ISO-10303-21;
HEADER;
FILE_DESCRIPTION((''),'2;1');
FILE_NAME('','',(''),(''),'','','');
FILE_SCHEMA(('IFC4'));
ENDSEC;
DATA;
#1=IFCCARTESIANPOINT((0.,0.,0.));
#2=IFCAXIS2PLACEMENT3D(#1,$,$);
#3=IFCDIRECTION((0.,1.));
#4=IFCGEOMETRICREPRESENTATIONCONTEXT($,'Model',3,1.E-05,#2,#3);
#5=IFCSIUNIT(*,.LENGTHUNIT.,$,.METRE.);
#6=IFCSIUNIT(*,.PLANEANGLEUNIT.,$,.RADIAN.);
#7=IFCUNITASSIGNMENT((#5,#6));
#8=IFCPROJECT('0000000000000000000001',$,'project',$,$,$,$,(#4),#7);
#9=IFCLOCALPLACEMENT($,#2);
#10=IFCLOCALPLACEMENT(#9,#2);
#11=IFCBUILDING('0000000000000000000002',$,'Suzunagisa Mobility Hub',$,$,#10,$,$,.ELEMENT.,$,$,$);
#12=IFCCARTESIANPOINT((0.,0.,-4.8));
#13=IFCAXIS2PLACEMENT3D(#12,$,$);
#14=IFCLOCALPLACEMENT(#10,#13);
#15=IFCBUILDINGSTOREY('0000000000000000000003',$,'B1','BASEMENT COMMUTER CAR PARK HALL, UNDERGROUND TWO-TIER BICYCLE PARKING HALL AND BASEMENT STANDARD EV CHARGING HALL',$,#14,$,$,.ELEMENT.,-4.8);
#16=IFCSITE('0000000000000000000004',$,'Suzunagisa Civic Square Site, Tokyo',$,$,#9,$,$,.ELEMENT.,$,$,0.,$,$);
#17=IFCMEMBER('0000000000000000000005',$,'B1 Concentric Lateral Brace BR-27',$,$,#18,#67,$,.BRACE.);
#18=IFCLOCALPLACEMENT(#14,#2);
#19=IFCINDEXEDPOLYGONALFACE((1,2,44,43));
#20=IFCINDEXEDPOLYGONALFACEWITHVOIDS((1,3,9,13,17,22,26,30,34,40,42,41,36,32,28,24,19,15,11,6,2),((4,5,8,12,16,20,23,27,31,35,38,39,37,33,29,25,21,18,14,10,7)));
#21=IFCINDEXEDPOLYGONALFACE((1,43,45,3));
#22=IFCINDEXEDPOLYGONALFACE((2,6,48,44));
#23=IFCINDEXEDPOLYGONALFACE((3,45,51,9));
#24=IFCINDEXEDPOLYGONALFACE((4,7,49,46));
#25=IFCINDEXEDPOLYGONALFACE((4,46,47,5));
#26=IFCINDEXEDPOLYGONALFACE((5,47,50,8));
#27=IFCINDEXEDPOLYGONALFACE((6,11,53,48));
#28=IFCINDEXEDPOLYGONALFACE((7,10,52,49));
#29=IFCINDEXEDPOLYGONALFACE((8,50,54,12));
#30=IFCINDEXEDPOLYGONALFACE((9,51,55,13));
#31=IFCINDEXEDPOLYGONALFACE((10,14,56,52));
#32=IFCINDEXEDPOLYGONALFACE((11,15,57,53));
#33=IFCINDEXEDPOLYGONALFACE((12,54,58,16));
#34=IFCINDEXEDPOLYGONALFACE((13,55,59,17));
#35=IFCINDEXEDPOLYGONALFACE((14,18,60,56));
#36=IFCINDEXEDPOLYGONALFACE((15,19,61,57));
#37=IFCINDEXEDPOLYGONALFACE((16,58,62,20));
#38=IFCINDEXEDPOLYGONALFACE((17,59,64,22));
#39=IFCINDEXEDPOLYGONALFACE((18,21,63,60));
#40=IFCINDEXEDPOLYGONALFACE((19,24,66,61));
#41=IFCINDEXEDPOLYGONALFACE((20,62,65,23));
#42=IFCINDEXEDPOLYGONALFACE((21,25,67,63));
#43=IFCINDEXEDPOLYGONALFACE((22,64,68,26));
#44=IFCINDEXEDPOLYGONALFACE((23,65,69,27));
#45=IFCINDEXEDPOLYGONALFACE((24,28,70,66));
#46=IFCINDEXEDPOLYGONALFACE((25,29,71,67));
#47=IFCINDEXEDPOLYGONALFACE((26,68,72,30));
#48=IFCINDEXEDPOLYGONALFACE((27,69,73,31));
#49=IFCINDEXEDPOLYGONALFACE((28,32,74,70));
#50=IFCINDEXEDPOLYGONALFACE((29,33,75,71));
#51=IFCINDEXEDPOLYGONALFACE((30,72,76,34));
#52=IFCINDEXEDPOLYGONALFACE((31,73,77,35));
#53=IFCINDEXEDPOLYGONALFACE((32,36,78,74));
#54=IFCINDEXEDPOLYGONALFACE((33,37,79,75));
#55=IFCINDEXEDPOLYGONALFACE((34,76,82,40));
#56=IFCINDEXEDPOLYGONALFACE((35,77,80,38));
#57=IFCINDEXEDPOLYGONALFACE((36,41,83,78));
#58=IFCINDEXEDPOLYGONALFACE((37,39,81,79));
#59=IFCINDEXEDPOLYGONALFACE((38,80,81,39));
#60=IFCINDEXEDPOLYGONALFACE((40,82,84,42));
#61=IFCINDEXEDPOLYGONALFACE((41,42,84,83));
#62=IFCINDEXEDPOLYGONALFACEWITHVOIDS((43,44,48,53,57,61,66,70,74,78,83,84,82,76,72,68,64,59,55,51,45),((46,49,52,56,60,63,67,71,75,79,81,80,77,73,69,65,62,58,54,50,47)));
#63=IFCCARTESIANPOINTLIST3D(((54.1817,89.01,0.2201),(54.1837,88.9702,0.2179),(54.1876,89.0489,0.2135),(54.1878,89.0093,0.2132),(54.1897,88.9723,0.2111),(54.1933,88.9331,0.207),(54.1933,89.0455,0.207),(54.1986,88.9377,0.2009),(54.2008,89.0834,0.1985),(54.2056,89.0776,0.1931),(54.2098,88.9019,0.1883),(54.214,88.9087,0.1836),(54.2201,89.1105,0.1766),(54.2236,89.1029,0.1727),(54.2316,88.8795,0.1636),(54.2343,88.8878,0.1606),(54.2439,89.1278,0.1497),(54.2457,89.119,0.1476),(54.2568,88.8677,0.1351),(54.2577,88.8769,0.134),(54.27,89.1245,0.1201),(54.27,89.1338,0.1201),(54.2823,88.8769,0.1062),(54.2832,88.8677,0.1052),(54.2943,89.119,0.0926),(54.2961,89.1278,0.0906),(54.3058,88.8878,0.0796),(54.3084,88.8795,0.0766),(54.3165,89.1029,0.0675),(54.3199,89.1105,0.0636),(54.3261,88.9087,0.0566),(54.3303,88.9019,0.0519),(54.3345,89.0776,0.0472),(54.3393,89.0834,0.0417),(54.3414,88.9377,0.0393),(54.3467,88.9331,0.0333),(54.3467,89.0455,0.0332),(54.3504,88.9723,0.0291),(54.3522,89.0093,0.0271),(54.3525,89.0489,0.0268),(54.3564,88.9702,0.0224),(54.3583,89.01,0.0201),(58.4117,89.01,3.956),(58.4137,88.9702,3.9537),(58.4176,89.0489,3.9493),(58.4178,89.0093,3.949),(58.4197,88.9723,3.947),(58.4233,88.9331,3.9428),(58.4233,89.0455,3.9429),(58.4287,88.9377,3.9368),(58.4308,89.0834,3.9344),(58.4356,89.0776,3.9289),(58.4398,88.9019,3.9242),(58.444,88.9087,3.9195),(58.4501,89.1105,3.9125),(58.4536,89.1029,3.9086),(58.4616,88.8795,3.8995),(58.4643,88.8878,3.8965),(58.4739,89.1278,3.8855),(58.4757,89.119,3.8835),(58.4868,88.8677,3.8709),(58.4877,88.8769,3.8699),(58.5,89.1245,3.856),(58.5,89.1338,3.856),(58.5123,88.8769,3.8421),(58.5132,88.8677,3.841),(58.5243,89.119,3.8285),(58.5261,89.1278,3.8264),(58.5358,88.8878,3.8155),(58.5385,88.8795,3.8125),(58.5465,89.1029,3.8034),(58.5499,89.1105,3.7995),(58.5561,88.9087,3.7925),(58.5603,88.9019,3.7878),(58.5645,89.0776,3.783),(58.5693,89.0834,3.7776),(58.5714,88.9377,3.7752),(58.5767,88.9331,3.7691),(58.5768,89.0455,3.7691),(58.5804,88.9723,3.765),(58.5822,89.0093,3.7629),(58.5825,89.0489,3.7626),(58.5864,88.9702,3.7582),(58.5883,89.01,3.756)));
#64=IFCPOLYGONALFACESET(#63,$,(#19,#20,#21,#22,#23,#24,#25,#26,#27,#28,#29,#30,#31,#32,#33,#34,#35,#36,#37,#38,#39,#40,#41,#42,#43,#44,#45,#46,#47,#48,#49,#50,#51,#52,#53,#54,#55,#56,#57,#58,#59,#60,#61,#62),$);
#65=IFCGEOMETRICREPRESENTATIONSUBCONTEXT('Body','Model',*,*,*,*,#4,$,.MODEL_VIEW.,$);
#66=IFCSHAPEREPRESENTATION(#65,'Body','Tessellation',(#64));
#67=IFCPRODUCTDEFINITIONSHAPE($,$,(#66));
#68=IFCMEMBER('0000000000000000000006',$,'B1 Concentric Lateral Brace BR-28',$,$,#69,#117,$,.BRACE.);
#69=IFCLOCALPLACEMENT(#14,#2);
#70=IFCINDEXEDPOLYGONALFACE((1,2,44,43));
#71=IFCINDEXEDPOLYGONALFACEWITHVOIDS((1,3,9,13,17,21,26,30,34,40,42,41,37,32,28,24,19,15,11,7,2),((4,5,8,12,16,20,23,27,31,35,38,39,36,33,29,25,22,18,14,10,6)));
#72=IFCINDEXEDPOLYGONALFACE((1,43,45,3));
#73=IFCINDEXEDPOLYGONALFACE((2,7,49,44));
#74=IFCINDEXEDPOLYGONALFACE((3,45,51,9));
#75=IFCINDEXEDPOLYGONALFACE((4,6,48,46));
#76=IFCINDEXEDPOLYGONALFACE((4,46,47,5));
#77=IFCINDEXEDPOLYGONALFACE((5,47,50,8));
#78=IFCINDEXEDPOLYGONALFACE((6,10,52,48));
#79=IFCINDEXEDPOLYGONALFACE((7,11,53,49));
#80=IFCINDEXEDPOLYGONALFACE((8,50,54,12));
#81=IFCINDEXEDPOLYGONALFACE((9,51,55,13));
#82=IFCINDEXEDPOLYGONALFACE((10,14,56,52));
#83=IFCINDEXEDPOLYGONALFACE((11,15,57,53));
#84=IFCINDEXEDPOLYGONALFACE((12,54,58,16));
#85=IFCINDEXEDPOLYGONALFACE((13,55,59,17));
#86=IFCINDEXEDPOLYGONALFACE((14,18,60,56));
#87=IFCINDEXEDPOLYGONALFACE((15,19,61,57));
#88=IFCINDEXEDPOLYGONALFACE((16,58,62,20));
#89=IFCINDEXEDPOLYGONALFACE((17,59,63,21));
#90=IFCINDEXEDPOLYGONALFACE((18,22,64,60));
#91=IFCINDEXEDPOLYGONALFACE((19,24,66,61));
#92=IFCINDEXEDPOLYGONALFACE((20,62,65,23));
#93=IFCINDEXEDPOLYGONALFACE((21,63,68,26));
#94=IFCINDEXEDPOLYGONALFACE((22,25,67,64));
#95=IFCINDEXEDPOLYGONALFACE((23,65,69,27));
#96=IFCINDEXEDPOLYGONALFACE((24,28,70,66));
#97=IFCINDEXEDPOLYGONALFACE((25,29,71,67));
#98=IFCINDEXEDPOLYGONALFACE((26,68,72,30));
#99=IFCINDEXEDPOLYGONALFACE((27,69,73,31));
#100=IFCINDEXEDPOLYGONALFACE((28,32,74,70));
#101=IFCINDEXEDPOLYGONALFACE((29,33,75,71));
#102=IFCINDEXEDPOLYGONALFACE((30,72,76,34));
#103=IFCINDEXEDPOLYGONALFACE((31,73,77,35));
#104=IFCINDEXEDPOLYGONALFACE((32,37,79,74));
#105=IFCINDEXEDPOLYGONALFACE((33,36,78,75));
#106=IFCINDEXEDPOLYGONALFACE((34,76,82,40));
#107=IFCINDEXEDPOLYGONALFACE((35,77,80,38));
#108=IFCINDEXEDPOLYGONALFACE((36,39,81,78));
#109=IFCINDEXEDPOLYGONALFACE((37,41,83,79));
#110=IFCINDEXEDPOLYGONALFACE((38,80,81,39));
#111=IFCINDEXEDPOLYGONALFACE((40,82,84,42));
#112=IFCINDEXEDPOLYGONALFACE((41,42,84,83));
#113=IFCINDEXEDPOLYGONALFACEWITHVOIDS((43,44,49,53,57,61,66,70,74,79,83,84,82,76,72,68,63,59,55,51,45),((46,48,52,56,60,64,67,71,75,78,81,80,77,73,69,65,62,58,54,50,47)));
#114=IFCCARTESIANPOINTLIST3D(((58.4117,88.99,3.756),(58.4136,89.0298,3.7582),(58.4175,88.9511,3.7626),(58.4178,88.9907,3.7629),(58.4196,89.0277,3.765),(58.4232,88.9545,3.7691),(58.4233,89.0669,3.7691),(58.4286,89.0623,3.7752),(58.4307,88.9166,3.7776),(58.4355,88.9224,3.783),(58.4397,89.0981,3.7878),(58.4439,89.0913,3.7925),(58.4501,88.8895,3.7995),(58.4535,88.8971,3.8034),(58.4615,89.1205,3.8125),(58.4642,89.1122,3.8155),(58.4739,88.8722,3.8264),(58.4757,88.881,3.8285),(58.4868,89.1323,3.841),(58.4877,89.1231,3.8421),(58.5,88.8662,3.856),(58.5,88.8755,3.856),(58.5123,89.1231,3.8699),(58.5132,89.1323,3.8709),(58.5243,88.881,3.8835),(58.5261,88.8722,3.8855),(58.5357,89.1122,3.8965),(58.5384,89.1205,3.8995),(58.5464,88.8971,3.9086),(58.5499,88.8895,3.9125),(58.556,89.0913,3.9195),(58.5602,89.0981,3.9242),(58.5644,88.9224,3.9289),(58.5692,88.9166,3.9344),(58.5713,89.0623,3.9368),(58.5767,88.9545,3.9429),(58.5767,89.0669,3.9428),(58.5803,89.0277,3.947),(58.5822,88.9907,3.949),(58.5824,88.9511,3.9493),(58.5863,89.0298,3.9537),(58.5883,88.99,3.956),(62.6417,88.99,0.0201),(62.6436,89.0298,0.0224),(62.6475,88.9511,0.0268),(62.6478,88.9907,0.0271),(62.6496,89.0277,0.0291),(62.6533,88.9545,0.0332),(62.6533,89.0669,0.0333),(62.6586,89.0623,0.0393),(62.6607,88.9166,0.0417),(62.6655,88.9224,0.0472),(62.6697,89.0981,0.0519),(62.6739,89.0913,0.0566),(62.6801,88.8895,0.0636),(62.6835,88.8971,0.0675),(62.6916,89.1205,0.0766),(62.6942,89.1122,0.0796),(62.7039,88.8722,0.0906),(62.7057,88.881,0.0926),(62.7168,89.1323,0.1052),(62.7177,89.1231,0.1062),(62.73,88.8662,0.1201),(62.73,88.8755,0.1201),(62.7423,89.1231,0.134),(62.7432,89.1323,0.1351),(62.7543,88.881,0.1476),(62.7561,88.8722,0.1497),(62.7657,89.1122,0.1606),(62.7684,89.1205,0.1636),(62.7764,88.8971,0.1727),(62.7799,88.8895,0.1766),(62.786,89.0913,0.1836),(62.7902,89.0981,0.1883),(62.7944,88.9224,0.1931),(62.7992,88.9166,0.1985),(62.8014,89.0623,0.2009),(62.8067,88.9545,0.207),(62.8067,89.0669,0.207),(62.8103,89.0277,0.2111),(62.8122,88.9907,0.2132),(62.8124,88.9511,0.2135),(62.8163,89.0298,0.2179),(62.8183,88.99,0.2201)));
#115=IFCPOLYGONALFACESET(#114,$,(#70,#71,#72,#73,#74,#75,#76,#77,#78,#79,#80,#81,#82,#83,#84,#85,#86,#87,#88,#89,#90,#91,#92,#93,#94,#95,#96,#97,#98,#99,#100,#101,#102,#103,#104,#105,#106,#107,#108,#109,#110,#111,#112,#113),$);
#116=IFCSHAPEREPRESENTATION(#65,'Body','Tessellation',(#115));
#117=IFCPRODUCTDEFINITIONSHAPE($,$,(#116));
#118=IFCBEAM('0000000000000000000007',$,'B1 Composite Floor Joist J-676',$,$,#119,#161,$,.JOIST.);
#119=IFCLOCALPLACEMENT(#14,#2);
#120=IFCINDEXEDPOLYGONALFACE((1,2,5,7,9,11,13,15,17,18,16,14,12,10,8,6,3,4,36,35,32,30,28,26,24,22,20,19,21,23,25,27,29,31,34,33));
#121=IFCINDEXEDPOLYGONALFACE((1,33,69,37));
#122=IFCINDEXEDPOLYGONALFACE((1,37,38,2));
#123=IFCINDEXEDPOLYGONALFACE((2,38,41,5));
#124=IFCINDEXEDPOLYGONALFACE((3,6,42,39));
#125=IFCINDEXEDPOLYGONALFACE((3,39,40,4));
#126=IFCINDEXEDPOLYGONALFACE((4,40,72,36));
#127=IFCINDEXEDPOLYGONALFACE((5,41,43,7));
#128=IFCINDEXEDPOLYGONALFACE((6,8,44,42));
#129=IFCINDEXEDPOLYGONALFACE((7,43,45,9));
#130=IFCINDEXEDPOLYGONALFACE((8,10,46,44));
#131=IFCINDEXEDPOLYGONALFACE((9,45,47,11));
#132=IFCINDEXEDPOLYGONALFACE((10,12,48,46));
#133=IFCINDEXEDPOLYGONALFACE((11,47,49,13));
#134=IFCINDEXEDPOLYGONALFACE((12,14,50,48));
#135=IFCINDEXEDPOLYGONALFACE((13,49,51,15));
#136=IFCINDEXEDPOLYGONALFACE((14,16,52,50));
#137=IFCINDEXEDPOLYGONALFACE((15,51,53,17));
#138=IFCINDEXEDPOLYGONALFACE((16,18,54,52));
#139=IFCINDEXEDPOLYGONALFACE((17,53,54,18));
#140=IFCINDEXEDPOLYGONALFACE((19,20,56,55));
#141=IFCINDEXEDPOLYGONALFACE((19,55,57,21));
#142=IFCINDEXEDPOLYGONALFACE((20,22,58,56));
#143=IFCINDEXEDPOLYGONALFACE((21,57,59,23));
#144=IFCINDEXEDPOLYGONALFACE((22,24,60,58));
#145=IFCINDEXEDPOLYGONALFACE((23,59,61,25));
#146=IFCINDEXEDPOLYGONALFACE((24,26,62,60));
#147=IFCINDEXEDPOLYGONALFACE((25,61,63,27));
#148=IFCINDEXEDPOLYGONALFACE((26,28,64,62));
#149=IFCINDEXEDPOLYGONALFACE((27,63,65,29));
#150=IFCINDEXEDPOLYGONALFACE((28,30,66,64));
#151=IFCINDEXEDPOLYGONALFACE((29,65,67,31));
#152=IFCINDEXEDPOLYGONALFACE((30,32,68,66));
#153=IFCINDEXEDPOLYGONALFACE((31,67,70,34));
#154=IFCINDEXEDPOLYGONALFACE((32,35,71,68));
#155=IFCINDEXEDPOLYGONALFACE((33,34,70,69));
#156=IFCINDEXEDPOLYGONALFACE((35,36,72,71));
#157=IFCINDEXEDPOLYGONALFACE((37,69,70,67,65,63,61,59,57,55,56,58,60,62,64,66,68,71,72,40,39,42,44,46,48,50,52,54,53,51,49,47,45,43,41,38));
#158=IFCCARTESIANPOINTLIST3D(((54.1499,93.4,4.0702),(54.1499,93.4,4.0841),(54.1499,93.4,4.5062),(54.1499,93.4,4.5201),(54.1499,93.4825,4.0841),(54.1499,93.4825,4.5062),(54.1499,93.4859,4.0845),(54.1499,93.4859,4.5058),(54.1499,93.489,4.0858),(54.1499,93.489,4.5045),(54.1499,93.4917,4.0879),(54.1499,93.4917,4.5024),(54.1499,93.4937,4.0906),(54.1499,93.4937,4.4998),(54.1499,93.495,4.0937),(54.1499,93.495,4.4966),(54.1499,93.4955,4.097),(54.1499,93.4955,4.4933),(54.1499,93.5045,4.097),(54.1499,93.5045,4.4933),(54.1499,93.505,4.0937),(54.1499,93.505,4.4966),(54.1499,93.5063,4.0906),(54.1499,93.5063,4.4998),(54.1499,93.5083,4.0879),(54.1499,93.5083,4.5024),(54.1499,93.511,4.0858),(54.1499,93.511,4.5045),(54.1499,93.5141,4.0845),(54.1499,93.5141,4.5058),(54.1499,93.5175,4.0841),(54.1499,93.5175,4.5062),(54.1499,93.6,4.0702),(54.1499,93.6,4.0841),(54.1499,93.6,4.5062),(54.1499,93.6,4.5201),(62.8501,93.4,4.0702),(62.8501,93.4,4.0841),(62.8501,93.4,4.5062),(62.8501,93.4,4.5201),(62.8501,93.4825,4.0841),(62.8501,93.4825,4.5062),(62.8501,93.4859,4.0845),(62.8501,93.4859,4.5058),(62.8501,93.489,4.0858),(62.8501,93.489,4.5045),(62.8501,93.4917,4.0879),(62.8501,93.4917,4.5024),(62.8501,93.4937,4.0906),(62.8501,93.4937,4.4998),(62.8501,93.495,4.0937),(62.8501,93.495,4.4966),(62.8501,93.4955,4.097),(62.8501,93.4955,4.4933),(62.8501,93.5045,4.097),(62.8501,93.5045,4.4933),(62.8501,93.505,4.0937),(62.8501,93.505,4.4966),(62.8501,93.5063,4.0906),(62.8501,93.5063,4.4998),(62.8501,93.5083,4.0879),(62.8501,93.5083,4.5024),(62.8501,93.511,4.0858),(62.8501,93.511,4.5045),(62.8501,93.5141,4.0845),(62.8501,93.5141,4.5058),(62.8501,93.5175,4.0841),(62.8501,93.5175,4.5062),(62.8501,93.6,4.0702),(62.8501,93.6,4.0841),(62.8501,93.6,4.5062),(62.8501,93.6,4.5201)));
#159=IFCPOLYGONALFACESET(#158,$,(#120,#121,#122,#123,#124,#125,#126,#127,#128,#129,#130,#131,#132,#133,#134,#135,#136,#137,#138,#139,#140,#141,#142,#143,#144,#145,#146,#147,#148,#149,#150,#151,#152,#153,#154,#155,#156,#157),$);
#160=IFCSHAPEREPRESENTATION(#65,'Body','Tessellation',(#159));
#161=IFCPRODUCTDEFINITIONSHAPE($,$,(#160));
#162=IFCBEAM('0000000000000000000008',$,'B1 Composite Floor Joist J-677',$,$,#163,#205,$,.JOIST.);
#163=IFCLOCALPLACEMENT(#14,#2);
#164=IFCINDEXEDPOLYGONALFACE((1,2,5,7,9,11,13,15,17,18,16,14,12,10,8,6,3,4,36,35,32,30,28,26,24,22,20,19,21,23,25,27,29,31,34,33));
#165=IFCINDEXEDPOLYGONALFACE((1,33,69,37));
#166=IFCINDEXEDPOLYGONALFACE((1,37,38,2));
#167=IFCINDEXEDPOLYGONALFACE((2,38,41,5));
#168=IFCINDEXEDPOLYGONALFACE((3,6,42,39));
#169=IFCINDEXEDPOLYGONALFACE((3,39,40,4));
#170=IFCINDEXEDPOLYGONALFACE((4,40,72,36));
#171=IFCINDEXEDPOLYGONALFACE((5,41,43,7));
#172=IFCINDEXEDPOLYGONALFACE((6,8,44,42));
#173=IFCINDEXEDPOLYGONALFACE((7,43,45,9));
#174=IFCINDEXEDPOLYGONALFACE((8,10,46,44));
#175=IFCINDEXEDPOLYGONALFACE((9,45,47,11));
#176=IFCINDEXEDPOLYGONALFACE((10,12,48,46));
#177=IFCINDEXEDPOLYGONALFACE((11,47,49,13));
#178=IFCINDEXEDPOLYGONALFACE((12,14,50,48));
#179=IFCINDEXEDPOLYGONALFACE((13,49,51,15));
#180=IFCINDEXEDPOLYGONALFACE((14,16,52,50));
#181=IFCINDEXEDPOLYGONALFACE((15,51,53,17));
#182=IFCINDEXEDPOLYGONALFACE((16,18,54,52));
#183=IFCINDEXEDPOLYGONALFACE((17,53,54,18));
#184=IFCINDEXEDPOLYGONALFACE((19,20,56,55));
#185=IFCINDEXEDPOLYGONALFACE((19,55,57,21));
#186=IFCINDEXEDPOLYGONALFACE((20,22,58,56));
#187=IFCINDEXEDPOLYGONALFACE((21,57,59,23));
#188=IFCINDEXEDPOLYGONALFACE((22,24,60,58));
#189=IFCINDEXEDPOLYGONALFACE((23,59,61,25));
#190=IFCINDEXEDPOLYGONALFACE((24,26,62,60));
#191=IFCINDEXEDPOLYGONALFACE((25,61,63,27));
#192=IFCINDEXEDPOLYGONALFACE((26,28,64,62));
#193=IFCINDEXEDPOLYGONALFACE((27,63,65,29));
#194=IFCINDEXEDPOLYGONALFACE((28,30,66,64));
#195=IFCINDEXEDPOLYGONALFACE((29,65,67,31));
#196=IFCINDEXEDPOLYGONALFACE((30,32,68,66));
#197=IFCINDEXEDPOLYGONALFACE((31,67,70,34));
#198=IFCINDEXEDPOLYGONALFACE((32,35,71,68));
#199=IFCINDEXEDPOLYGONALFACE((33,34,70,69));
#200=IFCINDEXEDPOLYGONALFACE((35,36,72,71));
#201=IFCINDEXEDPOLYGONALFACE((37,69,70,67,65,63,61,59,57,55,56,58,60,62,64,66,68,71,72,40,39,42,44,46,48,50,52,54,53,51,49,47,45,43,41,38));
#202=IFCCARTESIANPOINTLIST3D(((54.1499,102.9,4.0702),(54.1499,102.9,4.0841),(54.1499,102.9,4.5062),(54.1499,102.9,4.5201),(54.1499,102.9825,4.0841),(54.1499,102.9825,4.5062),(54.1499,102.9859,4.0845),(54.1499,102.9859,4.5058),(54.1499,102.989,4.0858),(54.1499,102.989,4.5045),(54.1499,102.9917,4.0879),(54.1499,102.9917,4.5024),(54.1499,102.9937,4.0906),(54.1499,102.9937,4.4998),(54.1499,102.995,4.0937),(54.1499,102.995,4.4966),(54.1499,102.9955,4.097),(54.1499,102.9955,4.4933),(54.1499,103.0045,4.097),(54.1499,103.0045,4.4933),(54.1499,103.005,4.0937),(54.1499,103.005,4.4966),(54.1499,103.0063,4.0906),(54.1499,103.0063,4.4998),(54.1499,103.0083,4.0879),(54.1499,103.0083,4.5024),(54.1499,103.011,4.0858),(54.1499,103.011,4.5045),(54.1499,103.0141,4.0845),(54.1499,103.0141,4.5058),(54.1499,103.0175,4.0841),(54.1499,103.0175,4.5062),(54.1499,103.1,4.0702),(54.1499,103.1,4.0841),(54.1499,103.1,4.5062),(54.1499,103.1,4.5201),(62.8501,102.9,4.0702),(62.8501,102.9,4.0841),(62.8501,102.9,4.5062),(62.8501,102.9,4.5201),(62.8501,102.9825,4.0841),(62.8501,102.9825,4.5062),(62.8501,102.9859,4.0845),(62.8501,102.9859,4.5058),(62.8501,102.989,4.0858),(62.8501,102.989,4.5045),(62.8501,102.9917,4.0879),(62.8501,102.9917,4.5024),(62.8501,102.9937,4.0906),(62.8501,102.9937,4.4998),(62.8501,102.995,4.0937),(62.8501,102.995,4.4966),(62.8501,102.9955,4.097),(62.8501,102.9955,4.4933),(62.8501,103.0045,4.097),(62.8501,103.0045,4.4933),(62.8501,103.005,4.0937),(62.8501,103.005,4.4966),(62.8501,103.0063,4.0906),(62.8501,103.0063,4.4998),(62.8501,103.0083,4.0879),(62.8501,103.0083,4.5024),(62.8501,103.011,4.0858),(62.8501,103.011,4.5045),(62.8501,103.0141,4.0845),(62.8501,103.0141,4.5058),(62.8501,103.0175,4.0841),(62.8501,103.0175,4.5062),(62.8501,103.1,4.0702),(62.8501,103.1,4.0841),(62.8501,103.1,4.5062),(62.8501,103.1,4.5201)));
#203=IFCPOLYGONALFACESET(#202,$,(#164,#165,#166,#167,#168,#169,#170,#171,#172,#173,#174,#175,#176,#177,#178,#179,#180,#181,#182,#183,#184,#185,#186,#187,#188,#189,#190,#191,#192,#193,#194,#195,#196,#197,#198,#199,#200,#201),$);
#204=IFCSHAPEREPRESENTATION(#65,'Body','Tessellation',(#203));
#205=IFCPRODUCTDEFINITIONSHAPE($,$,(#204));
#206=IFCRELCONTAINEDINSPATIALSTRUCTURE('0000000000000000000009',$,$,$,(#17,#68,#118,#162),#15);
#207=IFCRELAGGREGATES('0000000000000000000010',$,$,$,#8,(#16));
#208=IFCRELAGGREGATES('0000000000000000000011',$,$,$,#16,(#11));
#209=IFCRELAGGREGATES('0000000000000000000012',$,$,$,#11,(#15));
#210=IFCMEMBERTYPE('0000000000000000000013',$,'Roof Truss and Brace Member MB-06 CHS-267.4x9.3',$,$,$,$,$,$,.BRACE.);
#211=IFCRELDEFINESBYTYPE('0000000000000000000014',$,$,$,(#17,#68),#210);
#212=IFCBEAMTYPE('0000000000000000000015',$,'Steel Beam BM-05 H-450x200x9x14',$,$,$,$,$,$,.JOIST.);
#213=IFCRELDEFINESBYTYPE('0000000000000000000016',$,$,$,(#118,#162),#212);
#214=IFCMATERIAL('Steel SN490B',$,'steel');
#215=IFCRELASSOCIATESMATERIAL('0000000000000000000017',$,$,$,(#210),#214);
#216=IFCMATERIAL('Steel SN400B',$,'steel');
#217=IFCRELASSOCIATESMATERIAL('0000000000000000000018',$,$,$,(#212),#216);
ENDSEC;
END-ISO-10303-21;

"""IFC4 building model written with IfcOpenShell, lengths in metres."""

from ifc_helpers import new_model, si_unit, direction, frame, origin, origin_2d, place, context, subcontext, project, spatial, hollow_circle, i_section, extrude, material, material_profile, profile_set, type_object, element, save


model = new_model("IFC4")

# Units and contexts
model_context = context("Model", 3, precision=1e-05, world=origin(), true_north=direction((0.0, 1.0)))
body_context = subcontext(model_context, "Body", "Model", "MODEL_VIEW")
ifc_project = project(units=[si_unit("LENGTHUNIT", "METRE"), si_unit("PLANEANGLEUNIT", "RADIAN")], contexts=[model_context])

# Site, building, storey
site_placement = place(None, origin())
site = spatial("IfcSite", under=ifc_project, at=site_placement, Name="Suzunagisa Civic Square Site, Tokyo", CompositionType="ELEMENT", RefElevation=0.0)
building_placement = place(site_placement, origin())
building = spatial("IfcBuilding", under=site, at=building_placement, Name="Suzunagisa Mobility Hub", CompositionType="ELEMENT")
storey_placement = place(building_placement, frame((0.0, 0.0, -4.8)))
storey = spatial("IfcBuildingStorey", under=building, at=storey_placement, Name="B1", Description="BASEMENT COMMUTER CAR PARK HALL, UNDERGROUND TWO-TIER BICYCLE PARKING HALL AND BASEMENT STANDARD EV CHARGING HALL", CompositionType="ELEMENT", Elevation=-4.8)

# Shared definitions
ifc_material_1 = material(Name="Steel SN490B", Category="steel")

# Members
ifc_material_profile_1 = material_profile(ifc_material_1, hollow_circle(Radius=0.1338, WallThickness=0.0093, at=origin_2d()), Name="CHS-267.4x9.3")
ifc_profile_set_1 = profile_set([ifc_material_profile_1], Name="Steel SN490B")
member_type = type_object("IfcMemberType", Name="Roof Truss and Brace Member MB-06 CHS-267.4x9.3", PredefinedType="BRACE", material=ifc_profile_set_1)
for number, where, z_axis, x_axis, name in (
    (1, (54.27, 89.0, 0.1201), (0.74953, 0.0, 0.661971), (0.0, 1.0, 0.0), "B1 Concentric Lateral Brace BR-27"),
    (2, (62.73, 89.0, 0.1201), (-0.74953, 0.0, 0.661971), (0.0, -1.0, 0.0), "B1 Concentric Lateral Brace BR-28"),
):
    element("IfcMember", number, at=place(storey_placement, frame(where, z_axis=z_axis, x_axis=x_axis)), inside=storey, type_object=member_type, Name=name, PredefinedType="BRACE", context=body_context, shape_type="SweptSolid", body=[
        extrude(hollow_circle(Radius=0.1338, WallThickness=0.0093, at=origin_2d()), origin(), (0.0, 0.0, 1.0), 5.6436),
    ])

# Beams
ifc_material_2 = material(Name="Steel SN400B", Category="steel")
ifc_material_profile_2 = material_profile(ifc_material_2, i_section(OverallWidth=0.2, OverallDepth=0.45, WebThickness=0.009, FlangeThickness=0.0139, FilletRadius=0.0129, at=origin_2d()), Name="H-450x200x9x14")
ifc_profile_set_2 = profile_set([ifc_material_profile_2], Name="Steel SN400B")
beam_type_1 = type_object("IfcBeamType", Name="Steel Beam BM-05 H-450x200x9x14", PredefinedType="JOIST", material=ifc_profile_set_2)
for number, where, z_axis, x_axis, name in (
    (3, (54.1499, 93.5, 4.2952), (1.0, 0.0, 0.0), (0.0, 1.0, 0.0), "B1 Composite Floor Joist J-676"),
    (4, (54.1499, 103.0, 4.2952), (1.0, 0.0, 0.0), (0.0, 1.0, 0.0), "B1 Composite Floor Joist J-677"),
):
    element("IfcBeam", number, at=place(storey_placement, frame(where, z_axis=z_axis, x_axis=x_axis)), inside=storey, type_object=beam_type_1, Name=name, PredefinedType="JOIST", context=body_context, shape_type="SweptSolid", body=[
        extrude(i_section(OverallWidth=0.2, OverallDepth=0.45, WebThickness=0.009, FlangeThickness=0.0139, FilletRadius=0.0129, at=origin_2d()), origin(), (0.0, 0.0, 1.0), 8.7002),
    ])

save(model, "model.ifc")
